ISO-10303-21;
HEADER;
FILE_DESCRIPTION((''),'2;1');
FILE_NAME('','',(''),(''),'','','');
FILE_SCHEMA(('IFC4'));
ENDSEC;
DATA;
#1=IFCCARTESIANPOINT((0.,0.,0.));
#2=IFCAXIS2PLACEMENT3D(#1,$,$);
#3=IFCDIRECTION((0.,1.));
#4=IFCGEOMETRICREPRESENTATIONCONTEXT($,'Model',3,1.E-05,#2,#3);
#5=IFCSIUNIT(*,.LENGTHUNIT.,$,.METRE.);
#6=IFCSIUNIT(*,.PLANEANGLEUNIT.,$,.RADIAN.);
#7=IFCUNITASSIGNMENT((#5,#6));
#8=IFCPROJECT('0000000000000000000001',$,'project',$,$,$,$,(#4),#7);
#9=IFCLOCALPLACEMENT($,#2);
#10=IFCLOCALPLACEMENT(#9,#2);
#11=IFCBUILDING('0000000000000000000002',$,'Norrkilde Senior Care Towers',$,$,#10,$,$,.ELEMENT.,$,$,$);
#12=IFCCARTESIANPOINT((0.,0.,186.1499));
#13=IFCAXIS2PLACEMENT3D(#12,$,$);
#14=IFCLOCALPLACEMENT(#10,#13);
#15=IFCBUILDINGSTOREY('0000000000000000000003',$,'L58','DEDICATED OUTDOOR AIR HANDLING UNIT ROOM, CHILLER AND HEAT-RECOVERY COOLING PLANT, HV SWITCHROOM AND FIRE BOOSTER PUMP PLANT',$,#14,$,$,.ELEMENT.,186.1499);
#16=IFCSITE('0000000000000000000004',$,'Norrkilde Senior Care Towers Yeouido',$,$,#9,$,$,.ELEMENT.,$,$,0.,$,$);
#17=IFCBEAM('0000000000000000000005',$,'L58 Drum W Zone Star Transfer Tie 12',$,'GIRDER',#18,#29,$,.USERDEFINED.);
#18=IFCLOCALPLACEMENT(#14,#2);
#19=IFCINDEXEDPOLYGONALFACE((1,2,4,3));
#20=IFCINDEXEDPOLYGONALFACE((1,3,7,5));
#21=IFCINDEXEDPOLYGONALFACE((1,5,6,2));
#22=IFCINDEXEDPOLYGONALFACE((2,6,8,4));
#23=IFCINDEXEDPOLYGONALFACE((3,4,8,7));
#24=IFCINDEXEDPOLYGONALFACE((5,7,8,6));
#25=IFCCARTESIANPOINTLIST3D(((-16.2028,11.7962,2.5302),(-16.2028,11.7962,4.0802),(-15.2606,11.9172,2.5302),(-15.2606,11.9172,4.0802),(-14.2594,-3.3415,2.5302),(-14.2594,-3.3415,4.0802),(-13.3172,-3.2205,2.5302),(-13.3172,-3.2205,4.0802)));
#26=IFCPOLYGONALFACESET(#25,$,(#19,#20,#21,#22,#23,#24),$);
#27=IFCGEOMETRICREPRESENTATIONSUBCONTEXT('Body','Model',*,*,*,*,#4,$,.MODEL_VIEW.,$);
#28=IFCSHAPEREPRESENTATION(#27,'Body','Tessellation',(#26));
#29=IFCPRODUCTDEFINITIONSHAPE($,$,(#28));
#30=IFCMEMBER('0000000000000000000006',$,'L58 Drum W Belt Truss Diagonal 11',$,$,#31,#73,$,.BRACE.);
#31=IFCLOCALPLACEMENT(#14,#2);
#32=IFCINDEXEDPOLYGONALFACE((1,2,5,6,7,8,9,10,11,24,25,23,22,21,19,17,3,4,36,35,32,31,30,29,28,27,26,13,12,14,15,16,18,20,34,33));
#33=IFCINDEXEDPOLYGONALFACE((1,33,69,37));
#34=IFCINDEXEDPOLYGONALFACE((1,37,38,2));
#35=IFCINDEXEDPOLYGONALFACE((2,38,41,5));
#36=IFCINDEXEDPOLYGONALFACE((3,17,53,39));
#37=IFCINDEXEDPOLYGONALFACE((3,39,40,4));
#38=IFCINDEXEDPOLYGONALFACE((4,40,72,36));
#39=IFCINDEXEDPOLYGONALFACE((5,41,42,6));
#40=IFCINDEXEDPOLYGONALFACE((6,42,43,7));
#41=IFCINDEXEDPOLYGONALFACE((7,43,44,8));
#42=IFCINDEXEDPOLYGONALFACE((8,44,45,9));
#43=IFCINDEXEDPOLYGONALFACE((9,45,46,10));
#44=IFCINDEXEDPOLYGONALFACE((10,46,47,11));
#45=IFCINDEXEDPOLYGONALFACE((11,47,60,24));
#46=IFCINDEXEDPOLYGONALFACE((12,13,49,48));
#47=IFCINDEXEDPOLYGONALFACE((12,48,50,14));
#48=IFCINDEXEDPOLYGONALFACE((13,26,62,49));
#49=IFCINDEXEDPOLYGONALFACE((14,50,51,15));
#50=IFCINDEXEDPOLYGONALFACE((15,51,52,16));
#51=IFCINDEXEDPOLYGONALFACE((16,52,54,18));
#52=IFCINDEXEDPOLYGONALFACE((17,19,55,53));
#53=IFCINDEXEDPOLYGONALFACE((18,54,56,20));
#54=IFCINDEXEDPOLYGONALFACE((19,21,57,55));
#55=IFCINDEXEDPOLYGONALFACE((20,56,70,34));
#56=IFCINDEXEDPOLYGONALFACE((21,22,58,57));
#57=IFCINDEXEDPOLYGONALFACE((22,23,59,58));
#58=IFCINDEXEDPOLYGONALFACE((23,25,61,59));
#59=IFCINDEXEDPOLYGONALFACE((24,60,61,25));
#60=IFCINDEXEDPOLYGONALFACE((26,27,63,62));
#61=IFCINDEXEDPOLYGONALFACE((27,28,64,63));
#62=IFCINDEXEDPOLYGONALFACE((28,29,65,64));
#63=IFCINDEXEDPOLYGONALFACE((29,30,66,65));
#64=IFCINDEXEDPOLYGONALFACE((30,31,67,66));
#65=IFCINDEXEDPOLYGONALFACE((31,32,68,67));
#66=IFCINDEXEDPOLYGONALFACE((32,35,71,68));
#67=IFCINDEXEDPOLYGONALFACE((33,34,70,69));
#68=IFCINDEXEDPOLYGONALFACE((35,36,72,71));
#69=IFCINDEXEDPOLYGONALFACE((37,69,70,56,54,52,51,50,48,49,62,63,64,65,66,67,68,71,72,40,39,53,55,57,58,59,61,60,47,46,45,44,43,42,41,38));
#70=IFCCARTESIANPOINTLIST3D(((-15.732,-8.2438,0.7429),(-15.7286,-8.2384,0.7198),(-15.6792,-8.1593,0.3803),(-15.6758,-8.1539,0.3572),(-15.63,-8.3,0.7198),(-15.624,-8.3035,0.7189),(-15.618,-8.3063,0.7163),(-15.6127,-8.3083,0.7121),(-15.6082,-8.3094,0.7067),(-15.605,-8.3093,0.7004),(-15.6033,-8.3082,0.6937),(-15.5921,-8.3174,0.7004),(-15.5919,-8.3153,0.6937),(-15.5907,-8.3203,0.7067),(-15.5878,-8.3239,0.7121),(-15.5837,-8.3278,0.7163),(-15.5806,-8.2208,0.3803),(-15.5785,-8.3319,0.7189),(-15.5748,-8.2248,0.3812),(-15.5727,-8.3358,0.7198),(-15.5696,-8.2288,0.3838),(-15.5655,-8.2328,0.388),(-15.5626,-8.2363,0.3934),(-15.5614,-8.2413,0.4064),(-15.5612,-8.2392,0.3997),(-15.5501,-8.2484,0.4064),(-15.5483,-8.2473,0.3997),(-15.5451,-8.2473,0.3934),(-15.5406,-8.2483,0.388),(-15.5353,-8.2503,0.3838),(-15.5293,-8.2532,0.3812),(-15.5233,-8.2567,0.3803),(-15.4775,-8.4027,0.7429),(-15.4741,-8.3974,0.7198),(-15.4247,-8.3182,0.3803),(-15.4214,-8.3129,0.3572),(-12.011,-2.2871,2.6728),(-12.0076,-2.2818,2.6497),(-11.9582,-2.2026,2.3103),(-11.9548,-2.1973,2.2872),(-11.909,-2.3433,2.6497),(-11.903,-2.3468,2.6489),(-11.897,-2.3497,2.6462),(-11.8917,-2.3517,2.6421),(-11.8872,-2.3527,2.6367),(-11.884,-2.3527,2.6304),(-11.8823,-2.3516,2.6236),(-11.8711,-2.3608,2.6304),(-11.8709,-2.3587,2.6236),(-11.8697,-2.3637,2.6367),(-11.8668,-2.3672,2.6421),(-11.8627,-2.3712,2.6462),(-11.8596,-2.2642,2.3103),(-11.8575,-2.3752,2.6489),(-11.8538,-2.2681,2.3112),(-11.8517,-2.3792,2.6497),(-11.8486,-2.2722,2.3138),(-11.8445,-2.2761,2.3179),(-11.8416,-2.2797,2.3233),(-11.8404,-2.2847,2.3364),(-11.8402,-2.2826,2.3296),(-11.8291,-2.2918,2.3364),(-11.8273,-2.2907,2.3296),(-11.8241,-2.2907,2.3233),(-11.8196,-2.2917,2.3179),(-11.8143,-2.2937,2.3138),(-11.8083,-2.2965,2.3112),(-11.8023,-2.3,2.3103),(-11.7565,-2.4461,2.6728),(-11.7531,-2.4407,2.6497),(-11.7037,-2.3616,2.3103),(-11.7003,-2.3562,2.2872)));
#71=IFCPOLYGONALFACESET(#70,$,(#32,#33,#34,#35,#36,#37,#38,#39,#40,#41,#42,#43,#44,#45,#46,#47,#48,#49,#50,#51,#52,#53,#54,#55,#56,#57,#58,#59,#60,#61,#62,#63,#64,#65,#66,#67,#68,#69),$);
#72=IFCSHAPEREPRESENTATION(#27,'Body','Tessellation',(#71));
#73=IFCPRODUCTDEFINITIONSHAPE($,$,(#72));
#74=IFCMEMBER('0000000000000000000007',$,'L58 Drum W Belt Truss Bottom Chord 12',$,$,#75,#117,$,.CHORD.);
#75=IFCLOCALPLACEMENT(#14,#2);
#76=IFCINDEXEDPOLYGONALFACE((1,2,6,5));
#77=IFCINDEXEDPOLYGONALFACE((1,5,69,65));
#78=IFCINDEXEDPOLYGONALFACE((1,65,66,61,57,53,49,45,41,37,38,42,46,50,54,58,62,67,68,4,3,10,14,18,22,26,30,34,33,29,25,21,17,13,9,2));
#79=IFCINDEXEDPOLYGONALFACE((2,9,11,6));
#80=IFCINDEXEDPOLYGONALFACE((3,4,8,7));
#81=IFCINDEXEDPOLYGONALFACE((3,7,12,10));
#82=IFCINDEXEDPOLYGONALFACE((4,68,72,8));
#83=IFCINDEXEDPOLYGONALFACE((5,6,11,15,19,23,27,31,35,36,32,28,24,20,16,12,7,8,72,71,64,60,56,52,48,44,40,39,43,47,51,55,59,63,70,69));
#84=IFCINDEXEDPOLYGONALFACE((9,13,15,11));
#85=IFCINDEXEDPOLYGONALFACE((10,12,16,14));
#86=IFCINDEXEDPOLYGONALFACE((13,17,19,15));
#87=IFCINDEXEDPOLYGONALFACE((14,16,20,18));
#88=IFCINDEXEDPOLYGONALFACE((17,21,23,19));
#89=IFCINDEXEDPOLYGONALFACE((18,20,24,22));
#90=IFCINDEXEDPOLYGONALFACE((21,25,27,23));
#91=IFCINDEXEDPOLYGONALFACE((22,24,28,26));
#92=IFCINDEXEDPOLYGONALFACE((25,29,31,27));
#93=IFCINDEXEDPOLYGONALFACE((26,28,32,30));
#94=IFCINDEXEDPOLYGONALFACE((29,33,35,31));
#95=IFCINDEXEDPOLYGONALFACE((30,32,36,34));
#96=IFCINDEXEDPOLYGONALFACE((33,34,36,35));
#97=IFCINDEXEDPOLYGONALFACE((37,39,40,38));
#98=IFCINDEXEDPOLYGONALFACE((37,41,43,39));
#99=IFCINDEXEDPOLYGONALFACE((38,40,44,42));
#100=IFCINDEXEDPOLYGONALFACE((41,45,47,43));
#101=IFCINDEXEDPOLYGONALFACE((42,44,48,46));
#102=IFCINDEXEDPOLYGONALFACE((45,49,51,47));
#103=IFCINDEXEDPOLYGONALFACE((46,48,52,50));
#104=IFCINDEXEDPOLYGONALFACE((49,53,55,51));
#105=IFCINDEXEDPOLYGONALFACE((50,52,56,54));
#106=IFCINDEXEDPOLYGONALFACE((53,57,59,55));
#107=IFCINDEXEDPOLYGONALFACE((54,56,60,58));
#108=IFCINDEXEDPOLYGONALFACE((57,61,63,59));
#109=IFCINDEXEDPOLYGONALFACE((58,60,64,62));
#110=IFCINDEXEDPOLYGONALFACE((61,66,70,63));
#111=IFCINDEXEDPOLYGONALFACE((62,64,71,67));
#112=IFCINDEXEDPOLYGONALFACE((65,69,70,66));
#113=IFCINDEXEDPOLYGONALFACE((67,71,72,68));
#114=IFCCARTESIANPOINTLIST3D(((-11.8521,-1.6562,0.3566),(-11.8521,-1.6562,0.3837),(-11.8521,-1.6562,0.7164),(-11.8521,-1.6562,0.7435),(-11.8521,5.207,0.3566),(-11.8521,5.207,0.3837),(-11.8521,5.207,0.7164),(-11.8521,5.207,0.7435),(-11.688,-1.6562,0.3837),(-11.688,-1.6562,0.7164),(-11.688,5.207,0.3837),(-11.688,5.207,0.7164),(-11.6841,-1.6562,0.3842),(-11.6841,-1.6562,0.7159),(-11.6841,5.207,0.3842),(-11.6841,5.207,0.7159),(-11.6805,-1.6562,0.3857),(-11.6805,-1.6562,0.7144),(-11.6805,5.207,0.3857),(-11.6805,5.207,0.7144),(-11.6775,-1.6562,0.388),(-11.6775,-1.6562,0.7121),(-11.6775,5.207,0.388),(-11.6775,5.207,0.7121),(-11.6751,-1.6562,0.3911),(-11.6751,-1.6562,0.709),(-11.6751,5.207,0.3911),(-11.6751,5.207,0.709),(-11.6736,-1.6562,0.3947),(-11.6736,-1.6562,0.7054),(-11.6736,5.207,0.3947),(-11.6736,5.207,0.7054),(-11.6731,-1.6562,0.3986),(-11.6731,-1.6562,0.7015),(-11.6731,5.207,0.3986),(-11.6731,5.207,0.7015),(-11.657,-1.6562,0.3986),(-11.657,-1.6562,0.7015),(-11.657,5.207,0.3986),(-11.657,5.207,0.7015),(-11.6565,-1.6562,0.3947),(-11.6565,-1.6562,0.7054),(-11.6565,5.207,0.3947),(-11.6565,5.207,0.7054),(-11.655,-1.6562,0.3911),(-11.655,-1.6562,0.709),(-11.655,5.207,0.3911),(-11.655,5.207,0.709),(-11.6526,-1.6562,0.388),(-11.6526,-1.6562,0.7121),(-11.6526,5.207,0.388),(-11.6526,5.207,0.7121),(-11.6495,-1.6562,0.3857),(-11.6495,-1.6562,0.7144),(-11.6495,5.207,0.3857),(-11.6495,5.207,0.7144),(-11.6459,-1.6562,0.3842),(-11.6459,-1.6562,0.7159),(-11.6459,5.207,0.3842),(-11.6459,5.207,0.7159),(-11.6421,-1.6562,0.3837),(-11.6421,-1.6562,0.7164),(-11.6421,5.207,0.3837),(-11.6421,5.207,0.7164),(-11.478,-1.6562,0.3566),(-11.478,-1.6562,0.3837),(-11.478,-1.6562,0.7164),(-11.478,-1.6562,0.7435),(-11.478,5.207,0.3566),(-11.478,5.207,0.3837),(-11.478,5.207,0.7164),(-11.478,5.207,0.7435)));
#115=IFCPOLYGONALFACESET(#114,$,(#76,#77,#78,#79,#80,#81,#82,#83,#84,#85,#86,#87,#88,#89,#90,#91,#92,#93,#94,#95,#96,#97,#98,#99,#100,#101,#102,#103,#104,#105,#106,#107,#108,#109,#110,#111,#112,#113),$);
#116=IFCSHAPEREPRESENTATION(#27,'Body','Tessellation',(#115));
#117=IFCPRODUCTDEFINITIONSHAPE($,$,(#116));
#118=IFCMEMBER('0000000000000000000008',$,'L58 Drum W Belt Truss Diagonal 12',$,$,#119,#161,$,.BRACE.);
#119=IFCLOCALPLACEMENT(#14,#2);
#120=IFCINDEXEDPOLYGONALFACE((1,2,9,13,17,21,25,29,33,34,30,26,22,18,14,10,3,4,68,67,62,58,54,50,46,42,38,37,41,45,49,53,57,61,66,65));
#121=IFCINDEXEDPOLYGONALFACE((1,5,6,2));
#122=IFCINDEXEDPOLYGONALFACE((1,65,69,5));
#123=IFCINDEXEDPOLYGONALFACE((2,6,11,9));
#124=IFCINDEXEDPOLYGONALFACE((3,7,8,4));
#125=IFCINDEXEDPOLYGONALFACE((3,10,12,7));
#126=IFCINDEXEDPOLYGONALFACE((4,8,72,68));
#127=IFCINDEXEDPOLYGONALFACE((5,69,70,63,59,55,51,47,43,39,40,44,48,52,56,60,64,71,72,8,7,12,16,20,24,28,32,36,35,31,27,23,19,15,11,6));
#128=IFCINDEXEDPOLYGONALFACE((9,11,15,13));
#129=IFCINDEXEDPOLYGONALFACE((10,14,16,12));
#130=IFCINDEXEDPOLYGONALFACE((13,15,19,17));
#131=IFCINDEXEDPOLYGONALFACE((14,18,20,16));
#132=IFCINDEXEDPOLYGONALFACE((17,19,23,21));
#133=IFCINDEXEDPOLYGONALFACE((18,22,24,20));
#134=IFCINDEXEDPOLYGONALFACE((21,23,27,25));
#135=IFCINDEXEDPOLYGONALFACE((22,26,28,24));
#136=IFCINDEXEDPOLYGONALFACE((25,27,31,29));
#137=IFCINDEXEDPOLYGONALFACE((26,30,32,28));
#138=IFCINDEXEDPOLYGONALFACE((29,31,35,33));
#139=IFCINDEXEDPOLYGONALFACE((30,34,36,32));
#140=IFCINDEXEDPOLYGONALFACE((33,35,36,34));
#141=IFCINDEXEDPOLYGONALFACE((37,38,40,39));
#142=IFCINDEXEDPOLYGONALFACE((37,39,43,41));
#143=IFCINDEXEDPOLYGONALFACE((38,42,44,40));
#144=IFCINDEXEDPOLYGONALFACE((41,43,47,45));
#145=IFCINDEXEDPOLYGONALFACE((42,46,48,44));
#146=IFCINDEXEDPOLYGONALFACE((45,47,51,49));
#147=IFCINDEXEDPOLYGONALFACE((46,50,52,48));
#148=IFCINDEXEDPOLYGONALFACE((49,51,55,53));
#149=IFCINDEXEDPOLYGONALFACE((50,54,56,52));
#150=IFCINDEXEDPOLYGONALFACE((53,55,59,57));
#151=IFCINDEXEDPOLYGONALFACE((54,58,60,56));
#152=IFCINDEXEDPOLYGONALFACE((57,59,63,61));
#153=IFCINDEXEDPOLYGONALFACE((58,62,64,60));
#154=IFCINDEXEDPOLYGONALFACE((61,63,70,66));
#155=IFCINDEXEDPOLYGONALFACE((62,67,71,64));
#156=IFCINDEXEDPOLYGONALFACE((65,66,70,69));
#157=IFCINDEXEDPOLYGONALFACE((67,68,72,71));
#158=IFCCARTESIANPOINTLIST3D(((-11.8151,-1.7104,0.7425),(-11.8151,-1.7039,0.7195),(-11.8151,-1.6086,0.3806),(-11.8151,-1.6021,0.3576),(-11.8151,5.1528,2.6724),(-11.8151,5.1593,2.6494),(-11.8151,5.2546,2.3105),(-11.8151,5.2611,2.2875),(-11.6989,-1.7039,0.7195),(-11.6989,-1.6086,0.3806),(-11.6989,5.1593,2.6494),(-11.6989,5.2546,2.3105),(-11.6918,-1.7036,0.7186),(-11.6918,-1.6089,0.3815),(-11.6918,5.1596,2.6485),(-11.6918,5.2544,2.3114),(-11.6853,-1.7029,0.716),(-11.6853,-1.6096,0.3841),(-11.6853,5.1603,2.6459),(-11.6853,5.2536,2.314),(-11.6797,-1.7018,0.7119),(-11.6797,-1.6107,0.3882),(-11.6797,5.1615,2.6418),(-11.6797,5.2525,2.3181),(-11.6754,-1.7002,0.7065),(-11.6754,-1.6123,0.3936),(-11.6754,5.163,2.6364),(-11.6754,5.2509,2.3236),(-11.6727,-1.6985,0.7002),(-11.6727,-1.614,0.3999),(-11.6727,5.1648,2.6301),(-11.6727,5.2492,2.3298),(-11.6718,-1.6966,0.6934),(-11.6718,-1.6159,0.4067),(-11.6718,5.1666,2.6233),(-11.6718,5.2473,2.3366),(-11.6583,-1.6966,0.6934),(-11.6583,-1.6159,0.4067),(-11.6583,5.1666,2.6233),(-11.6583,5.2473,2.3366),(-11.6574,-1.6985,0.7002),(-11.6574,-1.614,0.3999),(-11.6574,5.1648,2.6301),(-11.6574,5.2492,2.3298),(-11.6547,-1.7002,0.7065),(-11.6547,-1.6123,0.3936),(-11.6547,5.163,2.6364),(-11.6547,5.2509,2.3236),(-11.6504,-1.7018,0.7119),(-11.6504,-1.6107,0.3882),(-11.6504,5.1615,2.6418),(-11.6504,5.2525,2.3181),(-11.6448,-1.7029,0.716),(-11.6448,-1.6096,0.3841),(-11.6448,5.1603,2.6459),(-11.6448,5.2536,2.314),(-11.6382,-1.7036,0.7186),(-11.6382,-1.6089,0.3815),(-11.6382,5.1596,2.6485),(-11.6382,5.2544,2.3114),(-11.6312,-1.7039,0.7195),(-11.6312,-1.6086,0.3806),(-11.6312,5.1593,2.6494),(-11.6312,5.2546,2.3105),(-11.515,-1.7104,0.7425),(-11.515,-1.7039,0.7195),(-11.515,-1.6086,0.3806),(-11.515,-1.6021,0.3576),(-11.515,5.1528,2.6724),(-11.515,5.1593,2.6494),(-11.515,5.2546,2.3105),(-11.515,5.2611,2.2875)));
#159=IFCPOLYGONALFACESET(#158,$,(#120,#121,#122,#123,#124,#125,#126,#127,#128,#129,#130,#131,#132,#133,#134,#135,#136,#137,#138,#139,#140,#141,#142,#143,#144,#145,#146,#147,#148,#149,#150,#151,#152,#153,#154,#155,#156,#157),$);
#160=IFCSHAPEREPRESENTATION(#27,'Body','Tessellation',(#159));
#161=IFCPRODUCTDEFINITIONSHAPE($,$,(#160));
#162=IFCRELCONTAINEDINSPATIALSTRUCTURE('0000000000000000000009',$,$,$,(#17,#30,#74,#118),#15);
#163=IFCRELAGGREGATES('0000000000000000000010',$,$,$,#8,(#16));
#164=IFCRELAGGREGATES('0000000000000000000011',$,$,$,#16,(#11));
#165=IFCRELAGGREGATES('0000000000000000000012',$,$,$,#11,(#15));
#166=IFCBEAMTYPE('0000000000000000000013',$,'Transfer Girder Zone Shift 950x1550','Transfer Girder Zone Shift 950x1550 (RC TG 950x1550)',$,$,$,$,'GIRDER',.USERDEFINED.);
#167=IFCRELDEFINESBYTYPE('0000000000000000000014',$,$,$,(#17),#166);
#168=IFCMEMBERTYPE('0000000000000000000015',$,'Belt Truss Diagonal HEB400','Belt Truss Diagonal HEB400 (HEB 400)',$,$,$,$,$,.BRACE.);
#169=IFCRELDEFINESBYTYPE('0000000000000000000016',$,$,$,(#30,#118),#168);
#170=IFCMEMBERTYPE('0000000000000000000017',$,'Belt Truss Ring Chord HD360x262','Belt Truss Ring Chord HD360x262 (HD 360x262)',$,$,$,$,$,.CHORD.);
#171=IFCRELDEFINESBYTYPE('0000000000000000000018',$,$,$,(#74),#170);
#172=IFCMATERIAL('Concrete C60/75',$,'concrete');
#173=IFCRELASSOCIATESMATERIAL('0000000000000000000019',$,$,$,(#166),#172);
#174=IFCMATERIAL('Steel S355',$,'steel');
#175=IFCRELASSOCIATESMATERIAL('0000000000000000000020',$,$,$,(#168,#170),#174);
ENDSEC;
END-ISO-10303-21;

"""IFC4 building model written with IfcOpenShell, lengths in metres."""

from ifc_helpers import new_model, si_unit, direction, frame, origin, origin_2d, place, context, subcontext, project, spatial, rectangle, i_section, extrude, source, transform, mapped, material, material_profile, profile_set, type_object, type_shapes, element, save


model = new_model("IFC4")

# Units and contexts
model_context = context("Model", 3, precision=1e-05, world=origin(), true_north=direction((0.0, 1.0)))
body_context = subcontext(model_context, "Body", "Model", "MODEL_VIEW")
ifc_project = project(units=[si_unit("LENGTHUNIT", "METRE"), si_unit("PLANEANGLEUNIT", "RADIAN")], contexts=[model_context])

# Site, building, storey
site_placement = place(None, origin())
site = spatial("IfcSite", under=ifc_project, at=site_placement, Name="Norrkilde Senior Care Towers Yeouido", CompositionType="ELEMENT", RefElevation=0.0)
building_placement = place(site_placement, origin())
building = spatial("IfcBuilding", under=site, at=building_placement, Name="Norrkilde Senior Care Towers", CompositionType="ELEMENT")
storey_placement = place(building_placement, frame((0.0, 0.0, 186.1499)))
storey = spatial("IfcBuildingStorey", under=building, at=storey_placement, Name="L58", Description="DEDICATED OUTDOOR AIR HANDLING UNIT ROOM, CHILLER AND HEAT-RECOVERY COOLING PLANT, HV SWITCHROOM AND FIRE BOOSTER PUMP PLANT", CompositionType="ELEMENT", Elevation=186.1499)

# Shared definitions
ifc_material_1 = material(Name="Concrete C60/75", Category="concrete")
ifc_material_profile_1 = material_profile(ifc_material_1, rectangle(XDim=0.95, YDim=1.55, at=origin_2d()), Name="RC TG 950x1550")
ifc_profile_set_1 = profile_set([ifc_material_profile_1], Name="Concrete C60/75")
beam_type = type_object("IfcBeamType", Name="Transfer Girder Zone Shift 950x1550", Description="Transfer Girder Zone Shift 950x1550 (RC TG 950x1550)", ElementType="GIRDER", PredefinedType="USERDEFINED", material=ifc_profile_set_1)

# Shared definitions
ifc_material_2 = material(Name="Steel S355", Category="steel")

# Beam
shared_shape_1 = source(origin(), body_context, "Body", "SweptSolid", [
    extrude(rectangle(XDim=0.95, YDim=1.55, at=origin_2d()), origin(), (0.0, 0.0, 1.0), 15.262),
])
beam_1_placement = place(storey_placement, frame((-13.7883, -3.281, 3.3052), z_axis=(-0.127334, 0.99186, 0.0), x_axis=(-0.99186, -0.127334, 0.0)))
element("IfcBeam", 1, at=beam_1_placement, inside=storey, type_object=beam_type, Name="L58 Drum W Zone Star Transfer Tie 12", ObjectType="GIRDER", PredefinedType="USERDEFINED", context=body_context, shape_type="MappedRepresentation", body=[
    mapped(shared_shape_1, transform((0.0, 0.0, 0.0), x_axis=(1.0, 0.0, 0.0), y_axis=(0.0, 1.0, 0.0), z_axis=(0.0, 0.0, 1.0), scale=1.0)),
])

# Members
ifc_material_profile_2 = material_profile(ifc_material_2, i_section(OverallWidth=0.3, OverallDepth=0.3999, WebThickness=0.0134, FlangeThickness=0.0239, FilletRadius=0.0271, at=origin_2d()), Name="HEB 400")
ifc_profile_set_2 = profile_set([ifc_material_profile_2], Name="Steel S355")
member_type_1 = type_object("IfcMemberType", Name="Belt Truss Diagonal HEB400", Description="Belt Truss Diagonal HEB400 (HEB 400)", PredefinedType="BRACE", material=ifc_profile_set_2)
shared_shape_2 = source(origin(), body_context, "Body", "SweptSolid", [
    extrude(i_section(OverallWidth=0.3, OverallDepth=0.3999, WebThickness=0.0134, FlangeThickness=0.0239, FilletRadius=0.0271, at=origin_2d()), origin(), (0.0, 0.0, 1.0), 7.2837),
])
member_1_placement = place(storey_placement, frame((-15.5767, -8.2783, 0.55), z_axis=(0.510868, 0.817805, 0.26497), x_axis=(-0.848119, 0.529805, 0.0)))
element("IfcMember", 2, at=member_1_placement, inside=storey, type_object=member_type_1, Name="L58 Drum W Belt Truss Diagonal 11", PredefinedType="BRACE", context=body_context, shape_type="MappedRepresentation", body=[
    mapped(shared_shape_2, transform((0.0, 0.0, 0.0), x_axis=(1.0, 0.0, 0.0), y_axis=(0.0, 1.0, 0.0), z_axis=(0.0, 0.0, 1.0), scale=1.0)),
])
ifc_material_profile_3 = material_profile(ifc_material_2, i_section(OverallWidth=0.374, OverallDepth=0.387, WebThickness=0.0161, FlangeThickness=0.0271, FilletRadius=0.0149, at=origin_2d()), Name="HD 360x262")
ifc_profile_set_3 = profile_set([ifc_material_profile_3], Name="Steel S355")
member_type_2 = type_object("IfcMemberType", Name="Belt Truss Ring Chord HD360x262", Description="Belt Truss Ring Chord HD360x262 (HD 360x262)", PredefinedType="CHORD", material=ifc_profile_set_3)
shared_shape_3 = source(origin(), body_context, "Body", "SweptSolid", [
    extrude(i_section(OverallWidth=0.374, OverallDepth=0.387, WebThickness=0.0161, FlangeThickness=0.0271, FilletRadius=0.0149, at=origin_2d()), origin(), (0.0, 0.0, 1.0), 6.8633),
])
member_2_placement = place(storey_placement, frame((-11.665, -1.6562, 0.55), z_axis=(0.0, 1.0, 0.0), x_axis=(-1.0, 0.0, 0.0)))
element("IfcMember", 3, at=member_2_placement, inside=storey, type_object=member_type_2, Name="L58 Drum W Belt Truss Bottom Chord 12", PredefinedType="CHORD", context=body_context, shape_type="MappedRepresentation", body=[
    mapped(shared_shape_3, transform((0.0, 0.0, 0.0), x_axis=(1.0, 0.0, 0.0), y_axis=(0.0, 1.0, 0.0), z_axis=(0.0, 0.0, 1.0), scale=1.0)),
])
shared_shape_4 = source(origin(), body_context, "Body", "SweptSolid", [
    extrude(i_section(OverallWidth=0.3, OverallDepth=0.3999, WebThickness=0.0134, FlangeThickness=0.0239, FilletRadius=0.0271, at=origin_2d()), origin(), (0.0, 0.0, 1.0), 7.1294),
])
type_shapes(member_type_1, [shared_shape_2, shared_shape_4])
member_3_placement = place(storey_placement, frame((-11.665, -1.6562, 0.55), z_axis=(0.0, 0.962664, 0.270698), x_axis=(-1.0, 0.0, 0.0)))
element("IfcMember", 4, at=member_3_placement, inside=storey, type_object=member_type_1, Name="L58 Drum W Belt Truss Diagonal 12", PredefinedType="BRACE", context=body_context, shape_type="MappedRepresentation", body=[
    mapped(shared_shape_4, transform((0.0, 0.0, 0.0), x_axis=(1.0, 0.0, 0.0), y_axis=(0.0, 1.0, 0.0), z_axis=(0.0, 0.0, 1.0), scale=1.0)),
])

save(model, "model.ifc")
